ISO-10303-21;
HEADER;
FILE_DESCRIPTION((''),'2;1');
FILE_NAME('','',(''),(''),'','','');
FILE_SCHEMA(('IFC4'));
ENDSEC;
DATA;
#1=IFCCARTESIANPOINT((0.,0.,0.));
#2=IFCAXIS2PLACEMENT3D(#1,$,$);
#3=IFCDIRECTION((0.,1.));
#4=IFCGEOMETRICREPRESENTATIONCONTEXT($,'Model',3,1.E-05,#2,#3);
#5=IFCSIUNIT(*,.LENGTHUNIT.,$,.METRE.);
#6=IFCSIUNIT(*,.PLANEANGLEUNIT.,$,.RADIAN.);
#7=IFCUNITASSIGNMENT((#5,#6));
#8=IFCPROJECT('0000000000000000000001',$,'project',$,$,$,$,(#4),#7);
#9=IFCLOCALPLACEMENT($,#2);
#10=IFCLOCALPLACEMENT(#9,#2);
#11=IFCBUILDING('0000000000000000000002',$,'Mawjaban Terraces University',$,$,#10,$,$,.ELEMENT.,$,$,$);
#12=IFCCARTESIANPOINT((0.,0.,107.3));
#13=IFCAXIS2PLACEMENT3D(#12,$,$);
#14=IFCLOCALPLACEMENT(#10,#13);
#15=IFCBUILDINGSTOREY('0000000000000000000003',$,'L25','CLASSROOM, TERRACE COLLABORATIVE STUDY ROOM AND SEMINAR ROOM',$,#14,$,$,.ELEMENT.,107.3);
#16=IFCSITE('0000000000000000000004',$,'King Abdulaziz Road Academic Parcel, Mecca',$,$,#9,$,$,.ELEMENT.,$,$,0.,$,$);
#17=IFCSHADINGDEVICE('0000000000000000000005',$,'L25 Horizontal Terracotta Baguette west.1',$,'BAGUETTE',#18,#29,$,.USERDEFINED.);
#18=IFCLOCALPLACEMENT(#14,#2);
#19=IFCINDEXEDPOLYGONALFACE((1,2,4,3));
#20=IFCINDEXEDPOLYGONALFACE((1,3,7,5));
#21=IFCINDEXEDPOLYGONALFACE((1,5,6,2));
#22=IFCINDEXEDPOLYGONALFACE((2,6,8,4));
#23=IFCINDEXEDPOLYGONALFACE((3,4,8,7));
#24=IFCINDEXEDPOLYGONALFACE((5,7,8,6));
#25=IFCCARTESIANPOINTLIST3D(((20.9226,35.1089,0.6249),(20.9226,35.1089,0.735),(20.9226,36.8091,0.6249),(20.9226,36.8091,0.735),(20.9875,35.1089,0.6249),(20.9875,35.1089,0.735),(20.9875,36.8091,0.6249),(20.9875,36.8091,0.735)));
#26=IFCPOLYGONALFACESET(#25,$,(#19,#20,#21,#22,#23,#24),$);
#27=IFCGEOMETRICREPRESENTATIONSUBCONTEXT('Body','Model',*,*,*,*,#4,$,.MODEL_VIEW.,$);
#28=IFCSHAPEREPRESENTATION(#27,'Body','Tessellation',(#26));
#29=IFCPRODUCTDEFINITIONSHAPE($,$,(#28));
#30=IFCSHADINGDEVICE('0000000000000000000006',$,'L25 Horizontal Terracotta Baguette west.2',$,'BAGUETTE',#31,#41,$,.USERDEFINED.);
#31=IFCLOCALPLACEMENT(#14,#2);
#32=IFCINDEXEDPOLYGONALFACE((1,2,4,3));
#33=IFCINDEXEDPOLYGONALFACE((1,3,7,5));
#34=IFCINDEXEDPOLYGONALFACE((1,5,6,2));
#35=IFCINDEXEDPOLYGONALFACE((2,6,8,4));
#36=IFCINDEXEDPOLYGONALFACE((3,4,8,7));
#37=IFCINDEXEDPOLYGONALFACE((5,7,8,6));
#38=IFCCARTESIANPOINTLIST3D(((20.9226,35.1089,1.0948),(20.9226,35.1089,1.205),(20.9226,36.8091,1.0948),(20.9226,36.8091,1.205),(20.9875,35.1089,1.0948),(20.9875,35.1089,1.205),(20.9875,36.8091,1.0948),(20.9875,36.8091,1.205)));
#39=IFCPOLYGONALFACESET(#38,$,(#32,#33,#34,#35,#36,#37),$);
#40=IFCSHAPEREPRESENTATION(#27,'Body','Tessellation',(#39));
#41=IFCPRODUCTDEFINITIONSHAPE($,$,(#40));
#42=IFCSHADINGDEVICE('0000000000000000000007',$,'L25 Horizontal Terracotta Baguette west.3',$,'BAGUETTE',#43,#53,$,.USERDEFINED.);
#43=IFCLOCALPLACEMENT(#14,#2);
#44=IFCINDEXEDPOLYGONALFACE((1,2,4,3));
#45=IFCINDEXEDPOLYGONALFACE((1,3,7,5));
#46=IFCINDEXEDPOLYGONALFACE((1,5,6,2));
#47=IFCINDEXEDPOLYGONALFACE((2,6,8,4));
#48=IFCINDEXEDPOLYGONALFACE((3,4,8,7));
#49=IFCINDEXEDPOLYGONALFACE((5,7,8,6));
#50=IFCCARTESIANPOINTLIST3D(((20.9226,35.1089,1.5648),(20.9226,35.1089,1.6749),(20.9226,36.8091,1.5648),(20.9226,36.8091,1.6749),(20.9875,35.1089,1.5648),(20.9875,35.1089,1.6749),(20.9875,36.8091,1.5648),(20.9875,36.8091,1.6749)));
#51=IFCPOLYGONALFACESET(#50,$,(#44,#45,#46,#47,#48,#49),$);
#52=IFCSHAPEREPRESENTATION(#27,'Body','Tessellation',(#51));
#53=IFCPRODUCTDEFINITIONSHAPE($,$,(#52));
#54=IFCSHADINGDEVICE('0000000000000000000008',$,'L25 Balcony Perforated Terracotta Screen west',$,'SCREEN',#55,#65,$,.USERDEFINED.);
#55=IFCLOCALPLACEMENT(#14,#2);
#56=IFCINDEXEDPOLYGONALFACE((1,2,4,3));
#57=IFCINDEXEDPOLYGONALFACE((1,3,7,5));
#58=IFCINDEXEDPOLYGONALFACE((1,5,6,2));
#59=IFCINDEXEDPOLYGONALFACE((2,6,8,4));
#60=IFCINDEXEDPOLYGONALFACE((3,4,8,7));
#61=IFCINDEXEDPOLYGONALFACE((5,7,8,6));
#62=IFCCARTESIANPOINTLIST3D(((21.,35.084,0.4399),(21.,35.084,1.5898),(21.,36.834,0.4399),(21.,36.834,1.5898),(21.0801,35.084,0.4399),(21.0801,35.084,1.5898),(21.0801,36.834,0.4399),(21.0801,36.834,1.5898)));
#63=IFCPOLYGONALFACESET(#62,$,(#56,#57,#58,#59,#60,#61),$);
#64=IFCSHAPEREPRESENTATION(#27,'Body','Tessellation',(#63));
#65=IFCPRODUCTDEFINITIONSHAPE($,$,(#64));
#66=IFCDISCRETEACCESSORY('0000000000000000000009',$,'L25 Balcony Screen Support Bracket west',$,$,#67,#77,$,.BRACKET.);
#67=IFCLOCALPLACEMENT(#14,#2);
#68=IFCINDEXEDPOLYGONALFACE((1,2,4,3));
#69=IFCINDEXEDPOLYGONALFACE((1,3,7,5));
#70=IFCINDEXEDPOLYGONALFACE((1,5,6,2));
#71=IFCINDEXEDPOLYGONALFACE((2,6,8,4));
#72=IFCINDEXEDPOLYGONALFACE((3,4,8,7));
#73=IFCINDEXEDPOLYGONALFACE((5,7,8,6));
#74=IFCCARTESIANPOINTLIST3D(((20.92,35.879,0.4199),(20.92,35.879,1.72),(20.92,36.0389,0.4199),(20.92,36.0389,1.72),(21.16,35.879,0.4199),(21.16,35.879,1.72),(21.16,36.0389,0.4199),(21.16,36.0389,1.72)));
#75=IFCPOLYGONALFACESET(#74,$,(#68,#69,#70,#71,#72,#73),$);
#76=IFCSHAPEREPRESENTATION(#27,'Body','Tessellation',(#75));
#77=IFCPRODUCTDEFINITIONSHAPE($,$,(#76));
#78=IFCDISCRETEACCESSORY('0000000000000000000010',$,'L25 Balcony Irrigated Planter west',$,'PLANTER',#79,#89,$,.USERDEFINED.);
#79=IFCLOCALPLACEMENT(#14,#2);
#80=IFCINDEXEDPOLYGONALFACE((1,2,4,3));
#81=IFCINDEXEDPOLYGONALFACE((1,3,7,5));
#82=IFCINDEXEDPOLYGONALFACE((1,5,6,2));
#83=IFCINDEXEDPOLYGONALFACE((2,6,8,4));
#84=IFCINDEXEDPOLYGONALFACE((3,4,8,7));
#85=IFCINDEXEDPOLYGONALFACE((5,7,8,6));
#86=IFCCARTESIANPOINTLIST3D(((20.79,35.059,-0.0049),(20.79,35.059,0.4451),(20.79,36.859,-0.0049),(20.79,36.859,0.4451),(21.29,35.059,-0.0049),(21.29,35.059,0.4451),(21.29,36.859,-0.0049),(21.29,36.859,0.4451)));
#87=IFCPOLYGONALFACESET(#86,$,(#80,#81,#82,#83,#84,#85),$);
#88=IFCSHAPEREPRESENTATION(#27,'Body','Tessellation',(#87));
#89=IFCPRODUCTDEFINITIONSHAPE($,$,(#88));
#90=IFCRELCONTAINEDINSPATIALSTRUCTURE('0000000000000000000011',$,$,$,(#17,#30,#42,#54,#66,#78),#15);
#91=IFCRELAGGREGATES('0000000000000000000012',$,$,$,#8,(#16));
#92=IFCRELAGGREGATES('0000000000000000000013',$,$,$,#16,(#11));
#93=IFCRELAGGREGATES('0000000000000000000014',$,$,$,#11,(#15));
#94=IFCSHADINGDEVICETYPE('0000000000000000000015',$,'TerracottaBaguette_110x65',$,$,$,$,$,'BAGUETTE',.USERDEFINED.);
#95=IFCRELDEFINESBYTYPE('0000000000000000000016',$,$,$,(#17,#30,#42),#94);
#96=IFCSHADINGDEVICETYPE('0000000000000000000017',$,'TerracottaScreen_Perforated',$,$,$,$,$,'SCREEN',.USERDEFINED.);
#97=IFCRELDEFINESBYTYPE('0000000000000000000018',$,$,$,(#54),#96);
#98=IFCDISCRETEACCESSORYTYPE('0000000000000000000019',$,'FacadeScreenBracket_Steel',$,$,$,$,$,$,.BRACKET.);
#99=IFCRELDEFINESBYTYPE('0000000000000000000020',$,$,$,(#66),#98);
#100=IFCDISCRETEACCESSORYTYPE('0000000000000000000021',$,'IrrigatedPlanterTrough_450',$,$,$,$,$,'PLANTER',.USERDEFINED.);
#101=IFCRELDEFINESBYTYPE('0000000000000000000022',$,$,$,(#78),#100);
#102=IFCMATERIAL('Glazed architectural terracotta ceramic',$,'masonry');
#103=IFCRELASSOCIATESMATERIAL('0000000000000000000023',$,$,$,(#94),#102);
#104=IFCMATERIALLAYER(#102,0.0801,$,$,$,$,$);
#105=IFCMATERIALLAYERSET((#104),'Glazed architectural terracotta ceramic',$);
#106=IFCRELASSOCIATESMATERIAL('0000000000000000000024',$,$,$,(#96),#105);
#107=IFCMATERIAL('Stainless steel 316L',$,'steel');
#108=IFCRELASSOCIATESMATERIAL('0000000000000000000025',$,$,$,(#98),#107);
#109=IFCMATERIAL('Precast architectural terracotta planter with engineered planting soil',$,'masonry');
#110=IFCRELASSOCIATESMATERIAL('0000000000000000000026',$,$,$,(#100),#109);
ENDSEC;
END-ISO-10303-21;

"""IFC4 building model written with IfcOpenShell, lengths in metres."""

from ifc_helpers import new_model, si_unit, direction, frame, origin, origin_2d, place, context, subcontext, project, spatial, rectangle, extrude, material, layer, layer_set, material_profile, profile_set, type_object, element, save


model = new_model("IFC4")

# Units and contexts
model_context = context("Model", 3, precision=1e-05, world=origin(), true_north=direction((0.0, 1.0)))
body_context = subcontext(model_context, "Body", "Model", "MODEL_VIEW")
ifc_project = project(units=[si_unit("LENGTHUNIT", "METRE"), si_unit("PLANEANGLEUNIT", "RADIAN")], contexts=[model_context])

# Site, building, storey
site_placement = place(None, origin())
site = spatial("IfcSite", under=ifc_project, at=site_placement, Name="King Abdulaziz Road Academic Parcel, Mecca", CompositionType="ELEMENT", RefElevation=0.0)
building_placement = place(site_placement, origin())
building = spatial("IfcBuilding", under=site, at=building_placement, Name="Mawjaban Terraces University", CompositionType="ELEMENT")
storey_placement = place(building_placement, frame((0.0, 0.0, 107.3)))
storey = spatial("IfcBuildingStorey", under=building, at=storey_placement, Name="L25", Description="CLASSROOM, TERRACE COLLABORATIVE STUDY ROOM AND SEMINAR ROOM", CompositionType="ELEMENT", Elevation=107.3)

# Shading devices
ifc_material_1 = material(Name="Glazed architectural terracotta ceramic", Category="masonry")
ifc_material_profile_1 = material_profile(ifc_material_1, rectangle(XDim=0.0649, YDim=0.1101, at=origin_2d()), Name="TBAG110X65")
ifc_profile_set_1 = profile_set([ifc_material_profile_1], Name="Glazed architectural terracotta ceramic")
shading_device_type_1 = type_object("IfcShadingDeviceType", Name="TerracottaBaguette_110x65", ElementType="BAGUETTE", PredefinedType="USERDEFINED", material=ifc_profile_set_1)
for number, where, z_axis, x_axis, name in (
    (1, (20.9551, 35.1089, 0.6799), (0.0, 1.0, 0.0), (-1.0, 0.0, 0.0), "L25 Horizontal Terracotta Baguette west.1"),
    (2, (20.9551, 35.1089, 1.1499), (0.0, 1.0, 0.0), (-1.0, 0.0, 0.0), "L25 Horizontal Terracotta Baguette west.2"),
    (3, (20.9551, 35.1089, 1.6199), (0.0, 1.0, 0.0), (-1.0, 0.0, 0.0), "L25 Horizontal Terracotta Baguette west.3"),
):
    element("IfcShadingDevice", number, at=place(storey_placement, frame(where, z_axis=z_axis, x_axis=x_axis)), inside=storey, type_object=shading_device_type_1, Name=name, ObjectType="BAGUETTE", PredefinedType="USERDEFINED", context=body_context, shape_type="SweptSolid", body=[
        extrude(rectangle(XDim=0.0649, YDim=0.1101, at=origin_2d()), origin(), (0.0, 0.0, 1.0), 1.7002),
    ])
ifc_layer_1 = layer(ifc_material_1, 0.0801)
ifc_layer_set_1 = layer_set([ifc_layer_1], Name="Glazed architectural terracotta ceramic")
shading_device_type_2 = type_object("IfcShadingDeviceType", Name="TerracottaScreen_Perforated", ElementType="SCREEN", PredefinedType="USERDEFINED", material=ifc_layer_set_1)
shading_device_placement = place(storey_placement, frame((21.04, 35.959, 0.4399), z_axis=(0.0, 0.0, 1.0), x_axis=(0.0, 1.0, 0.0)))
element("IfcShadingDevice", 4, at=shading_device_placement, inside=storey, type_object=shading_device_type_2, Name="L25 Balcony Perforated Terracotta Screen west", ObjectType="SCREEN", PredefinedType="USERDEFINED", context=body_context, shape_type="SweptSolid", body=[
    extrude(rectangle(XDim=1.75, YDim=0.0801, at=origin_2d()), origin(), (0.0, 0.0, 1.0), 1.1499),
])

# Discrete accessories
ifc_material_2 = material(Name="Stainless steel 316L", Category="steel")
discrete_accessory_type_1 = type_object("IfcDiscreteAccessoryType", Name="FacadeScreenBracket_Steel", PredefinedType="BRACKET", material=ifc_material_2)
discrete_accessory_1_placement = place(storey_placement, frame((21.04, 35.959, 0.4199), z_axis=(0.0, 0.0, 1.0), x_axis=(0.0, 1.0, 0.0)))
element("IfcDiscreteAccessory", 5, at=discrete_accessory_1_placement, inside=storey, type_object=discrete_accessory_type_1, Name="L25 Balcony Screen Support Bracket west", PredefinedType="BRACKET", context=body_context, shape_type="SweptSolid", body=[
    extrude(rectangle(XDim=0.1599, YDim=0.24, at=origin_2d()), origin(), (0.0, 0.0, 1.0), 1.3),
])
ifc_material_3 = material(Name="Precast architectural terracotta planter with engineered planting soil", Category="masonry")
discrete_accessory_type_2 = type_object("IfcDiscreteAccessoryType", Name="IrrigatedPlanterTrough_450", ElementType="PLANTER", PredefinedType="USERDEFINED", material=ifc_material_3)
discrete_accessory_2_placement = place(storey_placement, frame((21.04, 35.959, -0.0049), z_axis=(0.0, 0.0, 1.0), x_axis=(0.0, 1.0, 0.0)))
element("IfcDiscreteAccessory", 6, at=discrete_accessory_2_placement, inside=storey, type_object=discrete_accessory_type_2, Name="L25 Balcony Irrigated Planter west", ObjectType="PLANTER", PredefinedType="USERDEFINED", context=body_context, shape_type="SweptSolid", body=[
    extrude(rectangle(XDim=1.8, YDim=0.5, at=origin_2d()), origin(), (0.0, 0.0, 1.0), 0.45),
])

save(model, "model.ifc")
